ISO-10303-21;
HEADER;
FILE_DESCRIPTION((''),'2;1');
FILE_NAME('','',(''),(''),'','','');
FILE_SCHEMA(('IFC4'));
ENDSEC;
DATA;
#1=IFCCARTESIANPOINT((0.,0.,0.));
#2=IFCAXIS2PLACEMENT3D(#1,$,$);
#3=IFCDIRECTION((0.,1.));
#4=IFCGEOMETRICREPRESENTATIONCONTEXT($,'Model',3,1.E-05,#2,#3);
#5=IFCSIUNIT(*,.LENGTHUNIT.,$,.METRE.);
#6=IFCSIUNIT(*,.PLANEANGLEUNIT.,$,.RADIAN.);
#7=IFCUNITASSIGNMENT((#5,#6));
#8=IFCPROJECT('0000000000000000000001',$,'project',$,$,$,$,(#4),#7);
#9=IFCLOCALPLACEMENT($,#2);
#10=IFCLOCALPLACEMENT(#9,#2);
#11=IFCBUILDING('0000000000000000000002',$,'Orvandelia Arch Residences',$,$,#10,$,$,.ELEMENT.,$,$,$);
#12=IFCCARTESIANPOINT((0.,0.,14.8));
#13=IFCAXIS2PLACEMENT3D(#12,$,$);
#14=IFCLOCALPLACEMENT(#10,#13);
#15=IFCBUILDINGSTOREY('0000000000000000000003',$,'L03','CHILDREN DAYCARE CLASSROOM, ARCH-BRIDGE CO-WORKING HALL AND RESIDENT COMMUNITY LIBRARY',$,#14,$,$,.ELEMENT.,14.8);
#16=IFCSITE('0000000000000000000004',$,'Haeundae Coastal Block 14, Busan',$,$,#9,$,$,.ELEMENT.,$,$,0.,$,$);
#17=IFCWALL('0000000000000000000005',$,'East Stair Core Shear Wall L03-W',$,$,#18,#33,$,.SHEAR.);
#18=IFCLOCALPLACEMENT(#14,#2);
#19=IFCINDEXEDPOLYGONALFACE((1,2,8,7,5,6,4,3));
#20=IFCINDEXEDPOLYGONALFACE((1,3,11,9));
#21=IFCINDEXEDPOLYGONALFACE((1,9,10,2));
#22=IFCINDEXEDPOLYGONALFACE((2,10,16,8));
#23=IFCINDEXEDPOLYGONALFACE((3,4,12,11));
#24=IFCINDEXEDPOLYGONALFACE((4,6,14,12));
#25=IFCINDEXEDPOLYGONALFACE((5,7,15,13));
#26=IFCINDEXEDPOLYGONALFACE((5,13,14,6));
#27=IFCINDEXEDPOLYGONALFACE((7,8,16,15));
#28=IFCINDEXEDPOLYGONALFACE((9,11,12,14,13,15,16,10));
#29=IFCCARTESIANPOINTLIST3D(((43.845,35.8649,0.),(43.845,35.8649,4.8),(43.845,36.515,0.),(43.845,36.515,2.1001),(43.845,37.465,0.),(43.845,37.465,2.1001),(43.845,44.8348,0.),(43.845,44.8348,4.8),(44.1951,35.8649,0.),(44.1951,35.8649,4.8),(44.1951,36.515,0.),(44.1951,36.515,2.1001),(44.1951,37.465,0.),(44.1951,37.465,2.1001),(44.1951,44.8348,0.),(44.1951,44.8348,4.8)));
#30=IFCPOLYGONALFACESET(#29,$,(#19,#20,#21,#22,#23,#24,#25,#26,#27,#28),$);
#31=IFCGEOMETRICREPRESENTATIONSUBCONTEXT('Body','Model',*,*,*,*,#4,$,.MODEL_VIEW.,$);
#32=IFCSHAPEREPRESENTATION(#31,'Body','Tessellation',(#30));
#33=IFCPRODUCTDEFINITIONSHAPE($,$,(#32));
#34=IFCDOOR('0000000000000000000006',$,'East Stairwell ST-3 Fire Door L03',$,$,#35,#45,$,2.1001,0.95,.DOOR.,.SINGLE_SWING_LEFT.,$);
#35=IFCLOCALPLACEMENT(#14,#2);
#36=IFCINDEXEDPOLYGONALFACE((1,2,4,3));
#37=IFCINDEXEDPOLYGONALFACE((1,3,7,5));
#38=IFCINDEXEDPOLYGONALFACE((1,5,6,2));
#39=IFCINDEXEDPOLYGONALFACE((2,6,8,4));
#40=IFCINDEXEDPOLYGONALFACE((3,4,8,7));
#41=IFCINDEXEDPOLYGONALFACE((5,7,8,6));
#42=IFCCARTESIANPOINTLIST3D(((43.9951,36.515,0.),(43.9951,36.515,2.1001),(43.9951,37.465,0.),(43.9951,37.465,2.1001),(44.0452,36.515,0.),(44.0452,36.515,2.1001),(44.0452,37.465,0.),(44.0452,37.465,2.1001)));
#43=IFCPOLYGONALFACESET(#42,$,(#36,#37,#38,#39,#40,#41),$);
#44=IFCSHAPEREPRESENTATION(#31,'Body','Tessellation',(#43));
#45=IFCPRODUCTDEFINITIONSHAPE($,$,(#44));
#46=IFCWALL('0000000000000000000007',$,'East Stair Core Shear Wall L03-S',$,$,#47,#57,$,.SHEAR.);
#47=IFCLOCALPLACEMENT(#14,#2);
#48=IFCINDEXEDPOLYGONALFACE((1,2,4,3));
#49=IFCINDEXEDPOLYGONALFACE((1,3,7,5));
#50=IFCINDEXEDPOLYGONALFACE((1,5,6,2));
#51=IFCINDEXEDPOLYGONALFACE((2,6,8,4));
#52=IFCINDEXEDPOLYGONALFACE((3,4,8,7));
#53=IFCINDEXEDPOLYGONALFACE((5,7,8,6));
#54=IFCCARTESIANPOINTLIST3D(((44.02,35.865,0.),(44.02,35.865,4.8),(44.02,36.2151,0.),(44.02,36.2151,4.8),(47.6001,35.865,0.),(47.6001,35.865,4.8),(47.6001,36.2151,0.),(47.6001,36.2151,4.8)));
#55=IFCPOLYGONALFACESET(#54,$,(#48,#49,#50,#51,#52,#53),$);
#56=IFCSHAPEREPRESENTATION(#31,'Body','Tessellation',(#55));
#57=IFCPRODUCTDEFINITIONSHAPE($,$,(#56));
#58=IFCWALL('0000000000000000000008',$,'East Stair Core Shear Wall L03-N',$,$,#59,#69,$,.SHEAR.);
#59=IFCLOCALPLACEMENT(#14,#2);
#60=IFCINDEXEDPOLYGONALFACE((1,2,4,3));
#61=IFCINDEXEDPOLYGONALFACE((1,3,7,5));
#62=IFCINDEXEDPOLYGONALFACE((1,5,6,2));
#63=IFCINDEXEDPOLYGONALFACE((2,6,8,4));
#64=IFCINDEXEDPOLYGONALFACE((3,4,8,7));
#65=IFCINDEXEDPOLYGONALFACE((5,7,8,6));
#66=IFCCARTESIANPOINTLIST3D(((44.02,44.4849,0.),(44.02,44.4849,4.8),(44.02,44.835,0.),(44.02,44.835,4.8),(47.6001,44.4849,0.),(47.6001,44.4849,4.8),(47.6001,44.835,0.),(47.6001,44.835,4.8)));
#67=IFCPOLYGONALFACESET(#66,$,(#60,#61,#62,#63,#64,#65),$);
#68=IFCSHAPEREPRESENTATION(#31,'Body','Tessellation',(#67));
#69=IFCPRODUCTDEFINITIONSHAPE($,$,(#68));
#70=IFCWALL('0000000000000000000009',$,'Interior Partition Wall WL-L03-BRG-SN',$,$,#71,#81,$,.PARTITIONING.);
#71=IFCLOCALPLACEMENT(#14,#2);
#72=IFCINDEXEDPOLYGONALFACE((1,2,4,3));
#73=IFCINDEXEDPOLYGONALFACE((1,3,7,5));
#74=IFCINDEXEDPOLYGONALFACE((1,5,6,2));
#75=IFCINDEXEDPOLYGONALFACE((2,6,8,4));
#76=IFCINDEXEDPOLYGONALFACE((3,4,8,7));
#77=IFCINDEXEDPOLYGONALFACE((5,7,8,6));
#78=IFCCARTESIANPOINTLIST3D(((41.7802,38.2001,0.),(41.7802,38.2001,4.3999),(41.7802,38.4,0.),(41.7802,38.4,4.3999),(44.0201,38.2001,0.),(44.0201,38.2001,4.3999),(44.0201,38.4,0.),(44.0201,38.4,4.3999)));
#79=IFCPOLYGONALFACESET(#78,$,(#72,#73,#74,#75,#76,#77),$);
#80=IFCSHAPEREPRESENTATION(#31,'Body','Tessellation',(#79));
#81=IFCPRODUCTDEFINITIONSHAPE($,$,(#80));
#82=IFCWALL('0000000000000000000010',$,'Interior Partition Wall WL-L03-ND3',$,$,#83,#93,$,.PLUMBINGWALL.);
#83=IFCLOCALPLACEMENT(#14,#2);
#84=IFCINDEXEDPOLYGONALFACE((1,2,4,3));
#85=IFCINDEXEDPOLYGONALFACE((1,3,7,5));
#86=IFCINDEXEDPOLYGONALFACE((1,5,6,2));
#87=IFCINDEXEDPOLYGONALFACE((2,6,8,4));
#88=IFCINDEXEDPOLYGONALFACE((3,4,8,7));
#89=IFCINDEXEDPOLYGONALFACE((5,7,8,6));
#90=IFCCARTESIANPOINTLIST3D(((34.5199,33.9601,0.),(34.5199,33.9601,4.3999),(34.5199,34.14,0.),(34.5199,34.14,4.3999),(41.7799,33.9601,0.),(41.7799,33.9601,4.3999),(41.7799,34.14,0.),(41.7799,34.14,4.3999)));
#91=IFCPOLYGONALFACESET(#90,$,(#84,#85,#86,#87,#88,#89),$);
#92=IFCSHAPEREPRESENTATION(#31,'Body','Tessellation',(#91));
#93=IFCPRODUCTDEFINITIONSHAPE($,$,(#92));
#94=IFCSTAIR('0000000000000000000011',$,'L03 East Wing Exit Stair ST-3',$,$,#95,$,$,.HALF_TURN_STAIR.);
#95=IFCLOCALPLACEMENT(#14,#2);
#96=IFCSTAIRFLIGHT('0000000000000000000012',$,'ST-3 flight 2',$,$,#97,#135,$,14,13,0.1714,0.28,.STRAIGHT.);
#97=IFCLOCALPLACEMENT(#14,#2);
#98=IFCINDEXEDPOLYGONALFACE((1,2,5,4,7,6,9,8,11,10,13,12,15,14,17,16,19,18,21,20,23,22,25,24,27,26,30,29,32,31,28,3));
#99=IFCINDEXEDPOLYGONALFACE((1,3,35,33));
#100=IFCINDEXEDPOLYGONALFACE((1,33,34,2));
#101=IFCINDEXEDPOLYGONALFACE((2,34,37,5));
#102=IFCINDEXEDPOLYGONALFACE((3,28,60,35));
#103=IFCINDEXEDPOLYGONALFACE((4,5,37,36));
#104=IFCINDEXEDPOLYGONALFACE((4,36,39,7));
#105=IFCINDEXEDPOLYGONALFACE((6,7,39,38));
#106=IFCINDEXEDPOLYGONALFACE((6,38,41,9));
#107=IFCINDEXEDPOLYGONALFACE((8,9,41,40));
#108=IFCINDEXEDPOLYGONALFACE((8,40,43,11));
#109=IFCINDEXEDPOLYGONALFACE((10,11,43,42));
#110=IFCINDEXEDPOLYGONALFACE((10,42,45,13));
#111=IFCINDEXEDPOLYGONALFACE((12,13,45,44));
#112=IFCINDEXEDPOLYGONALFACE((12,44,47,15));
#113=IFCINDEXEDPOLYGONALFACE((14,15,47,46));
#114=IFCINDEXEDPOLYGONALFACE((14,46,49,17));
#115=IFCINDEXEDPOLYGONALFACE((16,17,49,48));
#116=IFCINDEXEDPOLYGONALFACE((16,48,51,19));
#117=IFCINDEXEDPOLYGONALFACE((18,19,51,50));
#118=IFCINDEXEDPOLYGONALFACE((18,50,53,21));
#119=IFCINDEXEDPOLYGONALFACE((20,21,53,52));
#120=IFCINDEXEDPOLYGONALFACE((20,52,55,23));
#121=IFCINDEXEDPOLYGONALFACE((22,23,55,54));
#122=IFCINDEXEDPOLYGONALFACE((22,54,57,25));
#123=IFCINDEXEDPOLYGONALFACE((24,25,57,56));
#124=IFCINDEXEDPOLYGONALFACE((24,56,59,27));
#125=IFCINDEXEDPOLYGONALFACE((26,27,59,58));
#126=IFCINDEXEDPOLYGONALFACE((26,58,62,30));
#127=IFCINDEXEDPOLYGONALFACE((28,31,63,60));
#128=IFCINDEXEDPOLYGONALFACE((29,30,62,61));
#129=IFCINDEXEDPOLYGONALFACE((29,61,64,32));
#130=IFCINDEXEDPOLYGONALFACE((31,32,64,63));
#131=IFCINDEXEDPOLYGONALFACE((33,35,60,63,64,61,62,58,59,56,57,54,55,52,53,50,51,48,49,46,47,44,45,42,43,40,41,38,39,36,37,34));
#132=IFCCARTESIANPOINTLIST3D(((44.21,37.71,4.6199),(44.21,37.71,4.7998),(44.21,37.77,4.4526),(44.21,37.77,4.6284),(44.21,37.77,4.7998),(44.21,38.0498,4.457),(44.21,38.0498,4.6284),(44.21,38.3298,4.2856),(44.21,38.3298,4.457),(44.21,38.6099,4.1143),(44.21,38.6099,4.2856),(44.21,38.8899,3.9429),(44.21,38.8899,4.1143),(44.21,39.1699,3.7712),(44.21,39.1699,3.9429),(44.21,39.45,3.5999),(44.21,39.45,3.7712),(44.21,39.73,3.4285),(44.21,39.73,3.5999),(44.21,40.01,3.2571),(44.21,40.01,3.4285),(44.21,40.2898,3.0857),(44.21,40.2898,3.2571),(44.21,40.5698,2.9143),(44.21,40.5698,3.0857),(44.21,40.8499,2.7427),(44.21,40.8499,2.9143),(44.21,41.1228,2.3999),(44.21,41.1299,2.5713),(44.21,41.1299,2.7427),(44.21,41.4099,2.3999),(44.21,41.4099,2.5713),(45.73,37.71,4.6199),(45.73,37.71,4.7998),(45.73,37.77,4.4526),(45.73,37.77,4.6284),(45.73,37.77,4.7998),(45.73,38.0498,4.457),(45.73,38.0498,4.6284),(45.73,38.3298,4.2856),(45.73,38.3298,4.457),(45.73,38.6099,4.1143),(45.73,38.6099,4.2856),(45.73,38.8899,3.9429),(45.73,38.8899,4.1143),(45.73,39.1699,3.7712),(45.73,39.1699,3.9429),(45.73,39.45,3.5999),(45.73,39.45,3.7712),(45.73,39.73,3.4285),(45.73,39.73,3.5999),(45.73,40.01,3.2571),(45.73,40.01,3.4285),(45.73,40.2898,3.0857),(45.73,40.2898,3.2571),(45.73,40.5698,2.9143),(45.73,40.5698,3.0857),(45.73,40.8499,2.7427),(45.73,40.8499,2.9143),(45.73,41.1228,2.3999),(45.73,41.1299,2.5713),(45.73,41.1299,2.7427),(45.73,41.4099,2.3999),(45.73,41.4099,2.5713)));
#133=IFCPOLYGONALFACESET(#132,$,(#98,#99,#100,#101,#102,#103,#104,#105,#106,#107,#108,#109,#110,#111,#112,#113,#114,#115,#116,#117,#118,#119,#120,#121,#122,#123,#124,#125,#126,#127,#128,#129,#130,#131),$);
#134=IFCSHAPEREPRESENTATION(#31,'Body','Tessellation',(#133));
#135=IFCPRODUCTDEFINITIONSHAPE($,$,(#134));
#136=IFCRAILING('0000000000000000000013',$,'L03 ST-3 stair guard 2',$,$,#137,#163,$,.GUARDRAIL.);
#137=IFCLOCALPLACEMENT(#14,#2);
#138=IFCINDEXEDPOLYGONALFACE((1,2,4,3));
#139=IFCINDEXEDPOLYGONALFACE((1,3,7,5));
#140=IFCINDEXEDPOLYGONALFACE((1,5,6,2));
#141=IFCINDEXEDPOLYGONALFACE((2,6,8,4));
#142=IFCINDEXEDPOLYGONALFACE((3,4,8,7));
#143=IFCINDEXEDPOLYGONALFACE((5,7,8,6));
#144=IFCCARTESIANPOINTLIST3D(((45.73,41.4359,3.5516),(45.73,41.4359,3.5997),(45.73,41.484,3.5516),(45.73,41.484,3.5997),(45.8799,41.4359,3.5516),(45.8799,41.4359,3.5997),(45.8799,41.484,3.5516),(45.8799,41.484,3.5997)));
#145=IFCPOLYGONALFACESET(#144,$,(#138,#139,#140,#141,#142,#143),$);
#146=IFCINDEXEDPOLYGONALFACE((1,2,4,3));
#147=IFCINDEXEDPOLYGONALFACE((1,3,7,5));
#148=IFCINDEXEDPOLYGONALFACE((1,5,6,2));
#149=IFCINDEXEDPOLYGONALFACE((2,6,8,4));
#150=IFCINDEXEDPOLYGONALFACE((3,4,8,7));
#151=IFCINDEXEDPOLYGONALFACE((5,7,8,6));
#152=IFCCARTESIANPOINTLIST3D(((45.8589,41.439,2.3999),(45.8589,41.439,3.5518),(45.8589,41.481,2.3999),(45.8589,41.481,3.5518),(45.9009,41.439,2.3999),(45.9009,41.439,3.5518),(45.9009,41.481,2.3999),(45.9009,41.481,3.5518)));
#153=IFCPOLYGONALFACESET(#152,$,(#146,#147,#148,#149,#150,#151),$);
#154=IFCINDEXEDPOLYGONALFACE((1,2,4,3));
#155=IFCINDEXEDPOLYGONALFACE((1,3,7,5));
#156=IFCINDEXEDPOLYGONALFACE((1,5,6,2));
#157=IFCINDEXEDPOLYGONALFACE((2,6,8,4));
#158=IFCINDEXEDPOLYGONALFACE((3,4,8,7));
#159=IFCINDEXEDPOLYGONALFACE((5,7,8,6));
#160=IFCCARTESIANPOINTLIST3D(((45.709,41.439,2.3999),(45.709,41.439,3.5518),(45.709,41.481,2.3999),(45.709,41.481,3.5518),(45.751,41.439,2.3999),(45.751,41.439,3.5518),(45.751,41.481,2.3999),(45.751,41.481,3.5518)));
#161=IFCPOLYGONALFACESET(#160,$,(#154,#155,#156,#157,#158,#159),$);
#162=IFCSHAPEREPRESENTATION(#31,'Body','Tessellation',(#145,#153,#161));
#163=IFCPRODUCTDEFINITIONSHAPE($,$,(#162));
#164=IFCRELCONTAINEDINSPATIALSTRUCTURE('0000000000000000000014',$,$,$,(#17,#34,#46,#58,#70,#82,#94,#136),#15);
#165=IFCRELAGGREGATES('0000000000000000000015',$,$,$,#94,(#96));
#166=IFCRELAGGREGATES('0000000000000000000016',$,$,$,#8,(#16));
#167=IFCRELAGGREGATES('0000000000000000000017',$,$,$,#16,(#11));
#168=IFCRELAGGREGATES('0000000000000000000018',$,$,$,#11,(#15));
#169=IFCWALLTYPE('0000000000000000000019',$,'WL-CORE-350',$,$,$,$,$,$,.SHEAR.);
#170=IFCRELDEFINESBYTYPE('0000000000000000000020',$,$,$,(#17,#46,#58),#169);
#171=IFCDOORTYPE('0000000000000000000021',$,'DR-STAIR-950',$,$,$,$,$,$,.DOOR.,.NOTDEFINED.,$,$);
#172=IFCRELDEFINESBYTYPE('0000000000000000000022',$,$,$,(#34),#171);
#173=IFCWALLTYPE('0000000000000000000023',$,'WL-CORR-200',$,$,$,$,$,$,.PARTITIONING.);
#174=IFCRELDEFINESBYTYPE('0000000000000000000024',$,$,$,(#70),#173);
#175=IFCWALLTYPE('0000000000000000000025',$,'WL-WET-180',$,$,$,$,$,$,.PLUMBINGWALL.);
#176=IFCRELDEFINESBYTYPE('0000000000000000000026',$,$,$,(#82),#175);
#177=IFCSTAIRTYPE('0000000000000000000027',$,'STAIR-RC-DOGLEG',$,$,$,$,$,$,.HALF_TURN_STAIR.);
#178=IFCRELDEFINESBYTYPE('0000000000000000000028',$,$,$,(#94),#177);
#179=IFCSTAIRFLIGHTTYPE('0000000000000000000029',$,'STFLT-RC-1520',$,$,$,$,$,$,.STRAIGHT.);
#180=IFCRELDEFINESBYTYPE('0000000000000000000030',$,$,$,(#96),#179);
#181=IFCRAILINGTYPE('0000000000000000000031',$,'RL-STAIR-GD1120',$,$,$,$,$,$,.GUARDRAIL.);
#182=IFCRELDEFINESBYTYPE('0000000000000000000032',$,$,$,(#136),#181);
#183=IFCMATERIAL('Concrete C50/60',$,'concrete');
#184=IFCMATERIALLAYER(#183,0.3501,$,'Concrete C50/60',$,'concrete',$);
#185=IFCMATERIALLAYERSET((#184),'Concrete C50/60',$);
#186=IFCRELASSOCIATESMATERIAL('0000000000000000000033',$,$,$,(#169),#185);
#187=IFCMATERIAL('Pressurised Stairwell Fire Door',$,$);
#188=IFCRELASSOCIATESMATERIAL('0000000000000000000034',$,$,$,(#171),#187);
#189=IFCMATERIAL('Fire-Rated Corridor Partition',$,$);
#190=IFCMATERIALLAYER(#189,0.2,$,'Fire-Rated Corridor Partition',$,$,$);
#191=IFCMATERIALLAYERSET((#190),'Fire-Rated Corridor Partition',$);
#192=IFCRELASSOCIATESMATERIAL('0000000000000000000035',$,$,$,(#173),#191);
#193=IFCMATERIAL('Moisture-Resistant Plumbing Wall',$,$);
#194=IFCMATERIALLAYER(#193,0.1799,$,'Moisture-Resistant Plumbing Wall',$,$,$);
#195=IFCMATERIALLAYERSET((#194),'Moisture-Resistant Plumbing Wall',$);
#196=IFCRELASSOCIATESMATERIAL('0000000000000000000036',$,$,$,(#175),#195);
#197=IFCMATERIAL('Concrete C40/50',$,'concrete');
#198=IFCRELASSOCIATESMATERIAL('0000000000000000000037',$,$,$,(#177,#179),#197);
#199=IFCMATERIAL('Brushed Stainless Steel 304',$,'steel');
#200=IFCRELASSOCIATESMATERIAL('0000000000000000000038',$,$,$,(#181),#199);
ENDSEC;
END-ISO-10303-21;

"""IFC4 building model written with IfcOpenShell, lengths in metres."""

from ifc_helpers import new_model, si_unit, direction, frame, frame_2d, origin, origin_2d, place, context, subcontext, project, spatial, polyline, rectangle, outline, extrude, material, layer, layer_set, type_object, element, fill, aggregate, save


model = new_model("IFC4")

# Units and contexts
model_context = context("Model", 3, precision=1e-05, world=origin(), true_north=direction((0.0, 1.0)))
body_context = subcontext(model_context, "Body", "Model", "MODEL_VIEW")
ifc_project = project(units=[si_unit("LENGTHUNIT", "METRE"), si_unit("PLANEANGLEUNIT", "RADIAN")], contexts=[model_context])

# Site, building, storey
site_placement = place(None, origin())
site = spatial("IfcSite", under=ifc_project, at=site_placement, Name="Haeundae Coastal Block 14, Busan", CompositionType="ELEMENT", RefElevation=0.0)
building_placement = place(site_placement, origin())
building = spatial("IfcBuilding", under=site, at=building_placement, Name="Orvandelia Arch Residences", CompositionType="ELEMENT")
storey_placement = place(building_placement, frame((0.0, 0.0, 14.8)))
storey = spatial("IfcBuildingStorey", under=building, at=storey_placement, Name="L03", Description="CHILDREN DAYCARE CLASSROOM, ARCH-BRIDGE CO-WORKING HALL AND RESIDENT COMMUNITY LIBRARY", CompositionType="ELEMENT", Elevation=14.8)

# Wall, opening, door
ifc_material_1 = material(Name="Concrete C50/60", Category="concrete")
ifc_layer_1 = layer(ifc_material_1, 0.3501, Name="Concrete C50/60", Category="concrete")
ifc_layer_set_1 = layer_set([ifc_layer_1], Name="Concrete C50/60")
wall_type_1 = type_object("IfcWallType", Name="WL-CORE-350", PredefinedType="SHEAR", material=ifc_layer_set_1)
wall_1_placement = place(storey_placement, frame((44.02, 35.865, 0.0), z_axis=(0.0, 0.0, 1.0), x_axis=(0.0, 1.0, 0.0)))
wall_1 = element("IfcWall", 1, at=wall_1_placement, inside=storey, type_object=wall_type_1, Name="East Stair Core Shear Wall L03-W", PredefinedType="SHEAR", context=body_context, shape_type="SweptSolid", body=[
    extrude(rectangle(XDim=8.97, YDim=0.3501, at=frame_2d((4.4849, 0.0))), origin(), (0.0, 0.0, 1.0), 4.8),
])
opening_placement = place(wall_1_placement, frame((0.6499, 0.0, 0.0)))
opening = element("IfcOpeningElement", 2, at=opening_placement, cuts=wall_1, PredefinedType="OPENING", context=body_context, shape_type="SweptSolid", body=[
    extrude(rectangle(XDim=0.95, YDim=2.1001, at=frame_2d((0.4751, 1.05))), frame((0.0, 0.1851, 0.0), z_axis=(0.0, -1.0, 0.0), x_axis=(1.0, 0.0, 0.0)), (0.0, 0.0, 1.0), 0.3701),
])
ifc_material_2 = material(Name="Pressurised Stairwell Fire Door")
door_type = type_object("IfcDoorType", Name="DR-STAIR-950", OperationType="NOTDEFINED", PredefinedType="DOOR", material=ifc_material_2)
door_placement = place(opening_placement, origin())
door = element("IfcDoor", 3, at=door_placement, inside=storey, type_object=door_type, Name="East Stairwell ST-3 Fire Door L03", OperationType="SINGLE_SWING_LEFT", OverallHeight=2.1001, OverallWidth=0.95, PredefinedType="DOOR", context=body_context, shape_type="SweptSolid", body=[
    extrude(rectangle(XDim=0.95, YDim=2.1001, at=frame_2d((0.4751, 1.05))), frame((0.0, 0.0249, 0.0), z_axis=(0.0, -1.0, 0.0), x_axis=(1.0, 0.0, 0.0)), (0.0, 0.0, 1.0), 0.05),
])
fill(opening, door)

# Walls
for number, where, z_axis, x_axis, name in (
    (4, (44.02, 36.04, 0.0), (0.0, 0.0, 1.0), (1.0, 0.0, 0.0), "East Stair Core Shear Wall L03-S"),
    (5, (44.02, 44.6599, 0.0), (0.0, 0.0, 1.0), (1.0, 0.0, 0.0), "East Stair Core Shear Wall L03-N"),
):
    element("IfcWall", number, at=place(storey_placement, frame(where, z_axis=z_axis, x_axis=x_axis)), inside=storey, type_object=wall_type_1, Name=name, PredefinedType="SHEAR", context=body_context, shape_type="SweptSolid", body=[
        extrude(rectangle(XDim=3.5801, YDim=0.3501, at=frame_2d((1.79, 0.0))), origin(), (0.0, 0.0, 1.0), 4.8),
    ])
ifc_material_3 = material(Name="Fire-Rated Corridor Partition")
ifc_layer_2 = layer(ifc_material_3, 0.2, Name="Fire-Rated Corridor Partition")
ifc_layer_set_2 = layer_set([ifc_layer_2], Name="Fire-Rated Corridor Partition")
wall_type_2 = type_object("IfcWallType", Name="WL-CORR-200", PredefinedType="PARTITIONING", material=ifc_layer_set_2)
wall_2_placement = place(storey_placement, frame((41.78, 38.3, 0.0), z_axis=(0.0, 0.0, 1.0), x_axis=(1.0, 0.0, 0.0)))
element("IfcWall", 6, at=wall_2_placement, inside=storey, type_object=wall_type_2, Name="Interior Partition Wall WL-L03-BRG-SN", PredefinedType="PARTITIONING", context=body_context, shape_type="SweptSolid", body=[
    extrude(rectangle(XDim=2.24, YDim=0.2, at=frame_2d((1.1201, 0.0))), origin(), (0.0, 0.0, 1.0), 4.3999),
])
ifc_material_4 = material(Name="Moisture-Resistant Plumbing Wall")
ifc_layer_3 = layer(ifc_material_4, 0.1799, Name="Moisture-Resistant Plumbing Wall")
ifc_layer_set_3 = layer_set([ifc_layer_3], Name="Moisture-Resistant Plumbing Wall")
wall_type_3 = type_object("IfcWallType", Name="WL-WET-180", PredefinedType="PLUMBINGWALL", material=ifc_layer_set_3)
wall_3_placement = place(storey_placement, frame((34.52, 34.05, 0.0), z_axis=(0.0, 0.0, 1.0), x_axis=(1.0, 0.0, 0.0)))
element("IfcWall", 7, at=wall_3_placement, inside=storey, type_object=wall_type_3, Name="Interior Partition Wall WL-L03-ND3", PredefinedType="PLUMBINGWALL", context=body_context, shape_type="SweptSolid", body=[
    extrude(rectangle(XDim=7.26, YDim=0.1799, at=frame_2d((3.6299, 0.0))), origin(), (0.0, 0.0, 1.0), 4.3999),
])

# Stair, stair flight
ifc_material_5 = material(Name="Concrete C40/50", Category="concrete")
stair_type = type_object("IfcStairType", Name="STAIR-RC-DOGLEG", PredefinedType="HALF_TURN_STAIR", material=ifc_material_5)
stair_placement = place(storey_placement, origin())
stair = element("IfcStair", 8, at=stair_placement, inside=storey, type_object=stair_type, Name="L03 East Wing Exit Stair ST-3", PredefinedType="HALF_TURN_STAIR")
stair_flight_type = type_object("IfcStairFlightType", Name="STFLT-RC-1520", PredefinedType="STRAIGHT", material=ifc_material_5)
stair_flight_placement = place(storey_placement, frame((44.97, 41.4099, 2.3999), z_axis=(0.0, 0.0, 1.0), x_axis=(0.0, -1.0, 0.0)))
stair_flight = element("IfcStairFlight", 9, at=stair_flight_placement, type_object=stair_flight_type, Name="ST-3 flight 2", NumberOfRisers=14, NumberOfTreads=13, PredefinedType="STRAIGHT", RiserHeight=0.1714, TreadLength=0.28, context=body_context, shape_type="SweptSolid", body=[
    extrude(outline(polyline([(0.0, 0.0), (0.0, 0.1714), (0.28, 0.1714), (0.28, 0.3428), (0.5601, 0.3428), (0.5601, 0.5144), (0.8401, 0.5144), (0.8401, 0.6858), (1.1201, 0.6858), (1.1201, 0.8572), (1.3999, 0.8572), (1.3999, 1.0286), (1.6799, 1.0286), (1.6799, 1.2), (1.96, 1.2), (1.96, 1.3713), (2.24, 1.3713), (2.24, 1.543), (2.52, 1.543), (2.52, 1.7144), (2.8, 1.7144), (2.8, 1.8857), (3.0801, 1.8857), (3.0801, 2.0571), (3.3601, 2.0571), (3.3601, 2.2285), (3.6399, 2.2285), (3.6399, 2.3999), (3.7, 2.3999), (3.7, 2.22), (3.6399, 2.0527), (0.2871, 0.0), (0.0, 0.0)])), frame((0.0, 0.76, 0.0), z_axis=(0.0, -1.0, 0.0), x_axis=(1.0, 0.0, 0.0)), (0.0, 0.0, 1.0), 1.52),
])
aggregate(stair, [stair_flight])

# Railing
ifc_material_6 = material(Name="Brushed Stainless Steel 304", Category="steel")
railing_type_1 = type_object("IfcRailingType", Name="RL-STAIR-GD1120", PredefinedType="GUARDRAIL", material=ifc_material_6)
railing_1_placement = place(storey_placement, frame((45.8799, 41.46, 2.3999)))
element("IfcRailing", 10, at=railing_1_placement, inside=storey, type_object=railing_type_1, Name="L03 ST-3 stair guard 2", PredefinedType="GUARDRAIL", context=body_context, shape_type="SweptSolid", body=[
    extrude(rectangle(XDim=0.0481, YDim=0.0481, at=origin_2d()), frame((0.0, 0.0, 1.1758), z_axis=(-1.0, 0.0, 0.0), x_axis=(0.0, -1.0, 0.0)), (0.0, 0.0, 1.0), 0.1499),
    extrude(rectangle(XDim=0.042, YDim=0.042, at=origin_2d()), origin(), (0.0, 0.0, 1.0), 1.1519),
    extrude(rectangle(XDim=0.042, YDim=0.042, at=origin_2d()), frame((-0.1499, 0.0, 0.0)), (0.0, 0.0, 1.0), 1.1519),
])

save(model, "model.ifc")
